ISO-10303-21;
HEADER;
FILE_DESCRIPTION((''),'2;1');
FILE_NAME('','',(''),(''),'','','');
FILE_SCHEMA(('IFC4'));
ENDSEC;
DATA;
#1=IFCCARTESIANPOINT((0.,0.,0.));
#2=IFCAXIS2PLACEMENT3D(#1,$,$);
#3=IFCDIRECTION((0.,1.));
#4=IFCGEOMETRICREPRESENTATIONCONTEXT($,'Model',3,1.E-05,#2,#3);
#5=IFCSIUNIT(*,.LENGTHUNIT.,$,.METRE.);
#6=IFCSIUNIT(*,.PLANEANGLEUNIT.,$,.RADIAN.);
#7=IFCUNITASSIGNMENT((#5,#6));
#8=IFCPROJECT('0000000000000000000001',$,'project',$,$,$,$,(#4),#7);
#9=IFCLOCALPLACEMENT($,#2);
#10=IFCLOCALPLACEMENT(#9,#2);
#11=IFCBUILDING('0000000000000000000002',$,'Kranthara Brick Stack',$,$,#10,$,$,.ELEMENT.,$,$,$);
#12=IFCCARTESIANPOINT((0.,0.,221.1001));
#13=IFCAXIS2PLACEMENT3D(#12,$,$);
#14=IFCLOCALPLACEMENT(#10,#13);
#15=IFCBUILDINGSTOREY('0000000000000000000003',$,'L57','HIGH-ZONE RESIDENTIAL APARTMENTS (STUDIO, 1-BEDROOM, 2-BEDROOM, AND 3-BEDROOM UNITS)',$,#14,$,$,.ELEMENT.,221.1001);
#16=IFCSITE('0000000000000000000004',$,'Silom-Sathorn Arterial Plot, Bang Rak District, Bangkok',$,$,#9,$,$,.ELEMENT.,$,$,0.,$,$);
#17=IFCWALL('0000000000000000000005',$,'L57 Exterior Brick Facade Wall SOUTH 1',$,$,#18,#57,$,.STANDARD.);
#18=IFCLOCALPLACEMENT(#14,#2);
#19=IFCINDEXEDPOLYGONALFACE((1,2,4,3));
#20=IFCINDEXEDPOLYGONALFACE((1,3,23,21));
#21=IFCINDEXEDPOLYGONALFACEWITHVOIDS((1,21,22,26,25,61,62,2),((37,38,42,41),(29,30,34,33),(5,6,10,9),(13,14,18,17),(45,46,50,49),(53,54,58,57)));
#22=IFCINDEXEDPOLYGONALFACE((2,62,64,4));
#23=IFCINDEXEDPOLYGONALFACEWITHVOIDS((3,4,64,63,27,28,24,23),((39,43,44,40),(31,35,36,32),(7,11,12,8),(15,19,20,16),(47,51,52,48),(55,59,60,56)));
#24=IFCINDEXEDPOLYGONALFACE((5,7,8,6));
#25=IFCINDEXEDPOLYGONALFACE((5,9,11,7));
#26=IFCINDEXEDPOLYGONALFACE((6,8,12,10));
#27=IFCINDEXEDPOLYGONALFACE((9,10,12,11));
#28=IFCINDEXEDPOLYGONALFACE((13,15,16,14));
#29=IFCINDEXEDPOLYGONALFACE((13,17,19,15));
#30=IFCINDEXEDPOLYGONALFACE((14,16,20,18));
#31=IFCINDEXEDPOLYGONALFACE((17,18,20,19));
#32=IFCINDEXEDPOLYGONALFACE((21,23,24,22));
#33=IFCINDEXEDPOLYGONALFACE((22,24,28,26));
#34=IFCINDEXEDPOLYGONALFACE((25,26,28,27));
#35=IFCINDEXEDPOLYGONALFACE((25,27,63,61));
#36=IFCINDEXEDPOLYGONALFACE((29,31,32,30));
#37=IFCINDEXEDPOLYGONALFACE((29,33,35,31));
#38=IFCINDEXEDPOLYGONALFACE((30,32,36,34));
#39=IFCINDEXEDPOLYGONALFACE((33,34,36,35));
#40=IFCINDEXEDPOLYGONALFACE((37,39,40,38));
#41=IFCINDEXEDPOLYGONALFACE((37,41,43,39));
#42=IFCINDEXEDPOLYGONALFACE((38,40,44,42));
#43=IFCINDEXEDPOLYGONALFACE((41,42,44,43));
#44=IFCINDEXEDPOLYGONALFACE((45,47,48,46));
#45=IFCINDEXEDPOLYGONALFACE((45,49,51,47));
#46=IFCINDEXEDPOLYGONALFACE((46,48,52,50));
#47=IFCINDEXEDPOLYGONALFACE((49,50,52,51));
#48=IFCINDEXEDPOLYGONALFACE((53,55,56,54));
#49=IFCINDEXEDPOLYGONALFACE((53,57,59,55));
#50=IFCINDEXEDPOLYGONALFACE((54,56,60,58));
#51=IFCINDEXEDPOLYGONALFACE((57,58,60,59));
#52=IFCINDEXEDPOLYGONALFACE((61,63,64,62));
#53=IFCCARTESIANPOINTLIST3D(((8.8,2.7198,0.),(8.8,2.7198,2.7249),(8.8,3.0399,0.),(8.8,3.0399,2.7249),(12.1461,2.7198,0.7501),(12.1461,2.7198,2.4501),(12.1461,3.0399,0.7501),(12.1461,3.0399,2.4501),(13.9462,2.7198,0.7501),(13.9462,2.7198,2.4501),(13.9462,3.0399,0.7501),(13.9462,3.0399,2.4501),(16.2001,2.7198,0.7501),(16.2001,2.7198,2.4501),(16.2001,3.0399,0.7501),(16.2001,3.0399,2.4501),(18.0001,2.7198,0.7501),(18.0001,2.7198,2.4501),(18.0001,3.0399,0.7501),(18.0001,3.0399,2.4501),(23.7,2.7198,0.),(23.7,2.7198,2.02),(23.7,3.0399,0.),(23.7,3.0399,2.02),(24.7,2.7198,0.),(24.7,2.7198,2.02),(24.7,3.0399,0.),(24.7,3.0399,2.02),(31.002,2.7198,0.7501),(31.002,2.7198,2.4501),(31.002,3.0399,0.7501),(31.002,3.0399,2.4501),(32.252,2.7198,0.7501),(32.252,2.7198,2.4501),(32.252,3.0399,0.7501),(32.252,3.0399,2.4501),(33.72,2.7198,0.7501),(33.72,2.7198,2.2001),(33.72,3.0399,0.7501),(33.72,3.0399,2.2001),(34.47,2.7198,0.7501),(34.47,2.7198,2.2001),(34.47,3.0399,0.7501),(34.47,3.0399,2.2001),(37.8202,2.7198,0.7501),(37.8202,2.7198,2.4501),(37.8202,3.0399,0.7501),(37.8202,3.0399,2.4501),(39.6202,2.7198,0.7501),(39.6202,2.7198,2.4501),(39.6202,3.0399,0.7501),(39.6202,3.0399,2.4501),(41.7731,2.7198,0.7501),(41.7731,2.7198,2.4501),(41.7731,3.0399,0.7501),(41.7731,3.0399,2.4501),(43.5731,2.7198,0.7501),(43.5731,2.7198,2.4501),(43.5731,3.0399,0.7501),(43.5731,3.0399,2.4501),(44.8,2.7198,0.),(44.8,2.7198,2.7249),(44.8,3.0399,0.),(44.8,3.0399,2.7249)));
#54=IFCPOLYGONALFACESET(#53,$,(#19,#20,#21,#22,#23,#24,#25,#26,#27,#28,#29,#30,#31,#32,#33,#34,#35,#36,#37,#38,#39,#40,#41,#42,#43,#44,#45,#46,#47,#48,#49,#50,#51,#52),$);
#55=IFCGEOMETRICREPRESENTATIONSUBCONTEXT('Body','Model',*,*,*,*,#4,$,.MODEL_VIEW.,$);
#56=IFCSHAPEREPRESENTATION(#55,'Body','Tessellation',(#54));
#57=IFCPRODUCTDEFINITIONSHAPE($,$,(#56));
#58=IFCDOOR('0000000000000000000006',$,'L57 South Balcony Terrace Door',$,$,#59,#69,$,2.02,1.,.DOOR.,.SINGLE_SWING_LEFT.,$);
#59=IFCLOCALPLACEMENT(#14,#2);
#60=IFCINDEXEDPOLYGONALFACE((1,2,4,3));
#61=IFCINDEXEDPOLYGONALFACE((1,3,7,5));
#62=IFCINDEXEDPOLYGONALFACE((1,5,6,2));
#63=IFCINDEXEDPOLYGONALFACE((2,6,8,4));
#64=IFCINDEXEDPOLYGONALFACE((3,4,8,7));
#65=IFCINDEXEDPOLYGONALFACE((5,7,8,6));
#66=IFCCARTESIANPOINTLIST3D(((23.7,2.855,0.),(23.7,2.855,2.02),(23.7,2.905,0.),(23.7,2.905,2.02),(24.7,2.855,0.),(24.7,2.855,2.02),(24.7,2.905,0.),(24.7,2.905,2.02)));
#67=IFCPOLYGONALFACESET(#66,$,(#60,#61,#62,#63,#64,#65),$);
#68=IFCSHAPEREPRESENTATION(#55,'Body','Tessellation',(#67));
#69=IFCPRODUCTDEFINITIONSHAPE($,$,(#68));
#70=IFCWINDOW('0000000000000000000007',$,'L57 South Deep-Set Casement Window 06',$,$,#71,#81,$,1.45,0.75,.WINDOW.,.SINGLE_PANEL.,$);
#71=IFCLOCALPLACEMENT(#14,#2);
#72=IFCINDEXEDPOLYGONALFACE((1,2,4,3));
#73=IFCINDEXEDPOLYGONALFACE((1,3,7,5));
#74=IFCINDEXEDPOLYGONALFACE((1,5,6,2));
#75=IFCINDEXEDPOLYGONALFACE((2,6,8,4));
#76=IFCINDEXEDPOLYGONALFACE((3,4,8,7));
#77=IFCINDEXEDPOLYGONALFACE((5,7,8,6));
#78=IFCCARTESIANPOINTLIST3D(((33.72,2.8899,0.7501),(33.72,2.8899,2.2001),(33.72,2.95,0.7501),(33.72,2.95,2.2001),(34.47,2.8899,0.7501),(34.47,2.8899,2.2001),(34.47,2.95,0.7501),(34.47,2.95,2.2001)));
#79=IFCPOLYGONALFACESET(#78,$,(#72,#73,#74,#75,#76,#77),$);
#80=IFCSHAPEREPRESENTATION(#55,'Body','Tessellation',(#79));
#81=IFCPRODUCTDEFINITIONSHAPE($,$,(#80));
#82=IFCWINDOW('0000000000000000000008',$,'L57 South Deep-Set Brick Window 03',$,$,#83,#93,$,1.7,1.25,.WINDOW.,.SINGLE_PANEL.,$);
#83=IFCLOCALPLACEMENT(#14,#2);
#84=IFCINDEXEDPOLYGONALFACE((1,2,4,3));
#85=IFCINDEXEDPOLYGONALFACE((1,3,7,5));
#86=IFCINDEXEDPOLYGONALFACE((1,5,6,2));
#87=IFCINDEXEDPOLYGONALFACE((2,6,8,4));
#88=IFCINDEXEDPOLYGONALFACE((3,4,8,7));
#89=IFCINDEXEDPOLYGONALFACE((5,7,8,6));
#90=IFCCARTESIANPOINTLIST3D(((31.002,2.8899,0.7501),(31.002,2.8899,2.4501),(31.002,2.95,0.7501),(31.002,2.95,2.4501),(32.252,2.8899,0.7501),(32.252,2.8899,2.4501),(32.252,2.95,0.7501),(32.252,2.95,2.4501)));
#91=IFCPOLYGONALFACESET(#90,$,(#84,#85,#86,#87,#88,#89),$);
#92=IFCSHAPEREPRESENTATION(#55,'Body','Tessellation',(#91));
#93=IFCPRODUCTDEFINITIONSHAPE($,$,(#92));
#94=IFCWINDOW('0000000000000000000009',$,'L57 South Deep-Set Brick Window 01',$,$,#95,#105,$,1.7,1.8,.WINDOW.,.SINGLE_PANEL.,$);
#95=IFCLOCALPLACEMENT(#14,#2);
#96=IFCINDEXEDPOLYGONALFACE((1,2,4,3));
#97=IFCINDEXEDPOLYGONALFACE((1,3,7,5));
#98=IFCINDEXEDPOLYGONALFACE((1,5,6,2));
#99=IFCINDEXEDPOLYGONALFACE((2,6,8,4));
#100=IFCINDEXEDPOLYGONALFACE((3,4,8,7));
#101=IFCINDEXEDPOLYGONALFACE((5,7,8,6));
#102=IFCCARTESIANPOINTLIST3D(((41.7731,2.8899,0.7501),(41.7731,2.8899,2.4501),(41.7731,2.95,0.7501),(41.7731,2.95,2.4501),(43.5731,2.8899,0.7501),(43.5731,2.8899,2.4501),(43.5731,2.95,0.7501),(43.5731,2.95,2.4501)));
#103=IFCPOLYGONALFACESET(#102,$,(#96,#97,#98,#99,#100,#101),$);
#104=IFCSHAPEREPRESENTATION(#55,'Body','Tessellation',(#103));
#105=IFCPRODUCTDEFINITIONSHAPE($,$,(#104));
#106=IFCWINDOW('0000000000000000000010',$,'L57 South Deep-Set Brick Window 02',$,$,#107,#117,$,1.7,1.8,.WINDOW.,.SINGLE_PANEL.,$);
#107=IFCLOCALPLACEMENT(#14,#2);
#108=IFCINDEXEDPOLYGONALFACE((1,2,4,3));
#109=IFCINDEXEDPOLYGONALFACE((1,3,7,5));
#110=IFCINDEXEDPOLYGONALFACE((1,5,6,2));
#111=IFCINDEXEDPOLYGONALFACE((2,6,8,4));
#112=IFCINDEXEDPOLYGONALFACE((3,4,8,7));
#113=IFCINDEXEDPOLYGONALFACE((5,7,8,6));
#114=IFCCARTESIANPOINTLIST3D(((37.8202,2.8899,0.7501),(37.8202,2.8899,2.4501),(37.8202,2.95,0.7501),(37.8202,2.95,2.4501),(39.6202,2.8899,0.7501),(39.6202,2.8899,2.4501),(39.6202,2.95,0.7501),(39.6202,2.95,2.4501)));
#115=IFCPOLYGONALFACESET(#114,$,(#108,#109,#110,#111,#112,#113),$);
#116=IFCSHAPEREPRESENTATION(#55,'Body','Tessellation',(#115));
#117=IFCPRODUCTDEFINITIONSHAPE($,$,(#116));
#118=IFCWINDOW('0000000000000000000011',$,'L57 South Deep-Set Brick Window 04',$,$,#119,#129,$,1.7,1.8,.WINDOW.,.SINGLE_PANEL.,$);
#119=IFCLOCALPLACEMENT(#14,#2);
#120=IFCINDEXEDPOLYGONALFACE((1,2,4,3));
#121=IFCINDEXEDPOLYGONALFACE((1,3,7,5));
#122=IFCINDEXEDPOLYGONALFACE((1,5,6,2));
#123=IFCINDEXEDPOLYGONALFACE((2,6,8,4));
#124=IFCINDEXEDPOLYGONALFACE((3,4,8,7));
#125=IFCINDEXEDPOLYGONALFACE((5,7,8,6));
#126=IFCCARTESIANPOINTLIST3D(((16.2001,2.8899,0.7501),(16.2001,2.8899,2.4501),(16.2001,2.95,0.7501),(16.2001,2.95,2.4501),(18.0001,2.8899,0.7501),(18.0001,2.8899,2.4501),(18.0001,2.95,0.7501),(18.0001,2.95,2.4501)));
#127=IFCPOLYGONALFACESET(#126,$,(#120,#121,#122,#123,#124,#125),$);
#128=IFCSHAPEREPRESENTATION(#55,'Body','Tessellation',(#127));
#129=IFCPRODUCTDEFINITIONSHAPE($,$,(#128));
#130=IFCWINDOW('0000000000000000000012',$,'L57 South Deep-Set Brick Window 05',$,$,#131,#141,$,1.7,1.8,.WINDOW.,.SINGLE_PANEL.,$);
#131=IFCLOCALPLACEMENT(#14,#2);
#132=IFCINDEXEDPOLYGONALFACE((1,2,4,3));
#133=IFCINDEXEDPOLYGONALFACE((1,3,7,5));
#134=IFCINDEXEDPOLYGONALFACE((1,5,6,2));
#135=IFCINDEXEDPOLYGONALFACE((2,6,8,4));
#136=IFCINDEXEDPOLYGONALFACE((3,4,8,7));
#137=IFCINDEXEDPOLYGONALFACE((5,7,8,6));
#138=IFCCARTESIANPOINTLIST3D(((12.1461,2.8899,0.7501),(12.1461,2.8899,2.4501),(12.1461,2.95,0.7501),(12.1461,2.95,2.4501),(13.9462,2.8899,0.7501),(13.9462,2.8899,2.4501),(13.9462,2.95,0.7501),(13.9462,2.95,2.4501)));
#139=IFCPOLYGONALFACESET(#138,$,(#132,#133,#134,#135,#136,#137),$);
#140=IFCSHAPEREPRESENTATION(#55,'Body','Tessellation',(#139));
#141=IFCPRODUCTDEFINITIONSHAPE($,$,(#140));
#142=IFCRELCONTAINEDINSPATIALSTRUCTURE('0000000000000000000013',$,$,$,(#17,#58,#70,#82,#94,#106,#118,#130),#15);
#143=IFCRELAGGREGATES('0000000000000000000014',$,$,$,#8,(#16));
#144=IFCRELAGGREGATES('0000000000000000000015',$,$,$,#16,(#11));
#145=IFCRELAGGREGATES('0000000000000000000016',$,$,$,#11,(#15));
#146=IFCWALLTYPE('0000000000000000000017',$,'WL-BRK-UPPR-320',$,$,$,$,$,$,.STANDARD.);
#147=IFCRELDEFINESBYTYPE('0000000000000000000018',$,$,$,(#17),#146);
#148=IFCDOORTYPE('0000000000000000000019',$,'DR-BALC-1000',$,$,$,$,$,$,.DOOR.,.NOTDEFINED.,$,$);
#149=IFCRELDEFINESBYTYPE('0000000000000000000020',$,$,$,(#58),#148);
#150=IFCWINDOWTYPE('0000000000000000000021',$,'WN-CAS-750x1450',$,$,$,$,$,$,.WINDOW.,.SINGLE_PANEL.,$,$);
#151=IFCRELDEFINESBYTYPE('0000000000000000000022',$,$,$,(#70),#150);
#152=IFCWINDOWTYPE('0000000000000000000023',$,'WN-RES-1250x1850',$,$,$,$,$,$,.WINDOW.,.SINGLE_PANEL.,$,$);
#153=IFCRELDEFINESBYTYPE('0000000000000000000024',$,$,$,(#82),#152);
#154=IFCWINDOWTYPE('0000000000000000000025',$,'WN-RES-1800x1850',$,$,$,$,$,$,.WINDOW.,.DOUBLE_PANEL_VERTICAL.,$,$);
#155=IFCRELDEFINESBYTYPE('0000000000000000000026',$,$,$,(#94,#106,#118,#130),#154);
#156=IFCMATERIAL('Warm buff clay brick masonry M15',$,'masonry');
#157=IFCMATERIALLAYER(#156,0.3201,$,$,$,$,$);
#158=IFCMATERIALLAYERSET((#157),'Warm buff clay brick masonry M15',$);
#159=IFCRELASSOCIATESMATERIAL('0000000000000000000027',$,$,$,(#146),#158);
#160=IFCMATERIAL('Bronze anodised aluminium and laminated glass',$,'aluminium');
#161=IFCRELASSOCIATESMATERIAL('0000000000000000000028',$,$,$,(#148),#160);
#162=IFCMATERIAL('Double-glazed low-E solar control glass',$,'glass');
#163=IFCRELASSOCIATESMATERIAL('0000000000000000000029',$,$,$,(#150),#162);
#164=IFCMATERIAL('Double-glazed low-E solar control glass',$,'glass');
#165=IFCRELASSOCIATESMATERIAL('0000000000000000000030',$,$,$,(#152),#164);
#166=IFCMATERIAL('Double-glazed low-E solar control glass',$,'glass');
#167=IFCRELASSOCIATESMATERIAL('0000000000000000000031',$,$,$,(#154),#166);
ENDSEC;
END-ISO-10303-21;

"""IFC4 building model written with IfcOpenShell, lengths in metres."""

from ifc_helpers import new_model, si_unit, direction, frame, frame_2d, origin, place, context, subcontext, project, spatial, rectangle, extrude, material, layer, layer_set, type_object, element, fill, save


model = new_model("IFC4")

# Units and contexts
model_context = context("Model", 3, precision=1e-05, world=origin(), true_north=direction((0.0, 1.0)))
body_context = subcontext(model_context, "Body", "Model", "MODEL_VIEW")
ifc_project = project(units=[si_unit("LENGTHUNIT", "METRE"), si_unit("PLANEANGLEUNIT", "RADIAN")], contexts=[model_context])

# Site, building, storey
site_placement = place(None, origin())
site = spatial("IfcSite", under=ifc_project, at=site_placement, Name="Silom-Sathorn Arterial Plot, Bang Rak District, Bangkok", CompositionType="ELEMENT", RefElevation=0.0)
building_placement = place(site_placement, origin())
building = spatial("IfcBuilding", under=site, at=building_placement, Name="Kranthara Brick Stack", CompositionType="ELEMENT")
storey_placement = place(building_placement, frame((0.0, 0.0, 221.1001)))
storey = spatial("IfcBuildingStorey", under=building, at=storey_placement, Name="L57", Description="HIGH-ZONE RESIDENTIAL APARTMENTS (STUDIO, 1-BEDROOM, 2-BEDROOM, AND 3-BEDROOM UNITS)", CompositionType="ELEMENT", Elevation=221.1001)

# Wall, openings, door, windows
ifc_material_1 = material(Name="Warm buff clay brick masonry M15", Category="masonry")
ifc_layer_1 = layer(ifc_material_1, 0.3201)
ifc_layer_set_1 = layer_set([ifc_layer_1], Name="Warm buff clay brick masonry M15")
wall_type_1 = type_object("IfcWallType", Name="WL-BRK-UPPR-320", PredefinedType="STANDARD", material=ifc_layer_set_1)
wall_1_placement = place(storey_placement, frame((44.8, 2.8799, 0.0), z_axis=(0.0, 0.0, 1.0), x_axis=(-1.0, 0.0, 0.0)))
wall_1 = element("IfcWall", 1, at=wall_1_placement, inside=storey, type_object=wall_type_1, Name="L57 Exterior Brick Facade Wall SOUTH 1", PredefinedType="STANDARD", context=body_context, shape_type="SweptSolid", body=[
    extrude(rectangle(XDim=36.0, YDim=0.3201, at=frame_2d((18.0, 0.0))), origin(), (0.0, 0.0, 1.0), 2.7249),
])
opening_1_placement = place(wall_1_placement, frame((20.1001, 0.0, 0.0)))
opening_1 = element("IfcOpeningElement", 2, at=opening_1_placement, cuts=wall_1, PredefinedType="OPENING", context=body_context, shape_type="SweptSolid", body=[
    extrude(rectangle(XDim=1.0, YDim=2.02, at=frame_2d((0.5, 1.01))), frame((0.0, 0.1699, 0.0), z_axis=(0.0, -1.0, 0.0), x_axis=(1.0, 0.0, 0.0)), (0.0, 0.0, 1.0), 0.3401),
])
opening_2_placement = place(wall_1_placement, frame((1.2271, 0.0, 0.75)))
opening_2 = element("IfcOpeningElement", 3, at=opening_2_placement, cuts=wall_1, PredefinedType="OPENING", context=body_context, shape_type="SweptSolid", body=[
    extrude(rectangle(XDim=1.8, YDim=1.7, at=frame_2d((0.8999, 0.8501))), frame((0.0, 0.1699, 0.0), z_axis=(0.0, -1.0, 0.0), x_axis=(1.0, 0.0, 0.0)), (0.0, 0.0, 1.0), 0.3401),
])
opening_3_placement = place(wall_1_placement, frame((5.1799, 0.0, 0.75)))
opening_3 = element("IfcOpeningElement", 4, at=opening_3_placement, cuts=wall_1, PredefinedType="OPENING", context=body_context, shape_type="SweptSolid", body=[
    extrude(rectangle(XDim=1.8, YDim=1.7, at=frame_2d((0.8999, 0.8501))), frame((0.0, 0.1699, 0.0), z_axis=(0.0, -1.0, 0.0), x_axis=(1.0, 0.0, 0.0)), (0.0, 0.0, 1.0), 0.3401),
])
opening_4_placement = place(wall_1_placement, frame((12.5481, 0.0, 0.75)))
opening_4 = element("IfcOpeningElement", 5, at=opening_4_placement, cuts=wall_1, PredefinedType="OPENING", context=body_context, shape_type="SweptSolid", body=[
    extrude(rectangle(XDim=1.25, YDim=1.7, at=frame_2d((0.625, 0.8501))), frame((0.0, 0.1699, 0.0), z_axis=(0.0, -1.0, 0.0), x_axis=(1.0, 0.0, 0.0)), (0.0, 0.0, 1.0), 0.3401),
])
opening_5_placement = place(wall_1_placement, frame((26.8, 0.0, 0.75)))
opening_5 = element("IfcOpeningElement", 6, at=opening_5_placement, cuts=wall_1, PredefinedType="OPENING", context=body_context, shape_type="SweptSolid", body=[
    extrude(rectangle(XDim=1.8, YDim=1.7, at=frame_2d((0.8999, 0.8501))), frame((0.0, 0.1699, 0.0), z_axis=(0.0, -1.0, 0.0), x_axis=(1.0, 0.0, 0.0)), (0.0, 0.0, 1.0), 0.3401),
])
opening_6_placement = place(wall_1_placement, frame((30.854, 0.0, 0.75)))
opening_6 = element("IfcOpeningElement", 7, at=opening_6_placement, cuts=wall_1, PredefinedType="OPENING", context=body_context, shape_type="SweptSolid", body=[
    extrude(rectangle(XDim=1.8, YDim=1.7, at=frame_2d((0.8999, 0.8501))), frame((0.0, 0.1699, 0.0), z_axis=(0.0, -1.0, 0.0), x_axis=(1.0, 0.0, 0.0)), (0.0, 0.0, 1.0), 0.3401),
])
opening_7_placement = place(wall_1_placement, frame((10.3301, 0.0, 0.75)))
opening_7 = element("IfcOpeningElement", 8, at=opening_7_placement, cuts=wall_1, PredefinedType="OPENING", context=body_context, shape_type="SweptSolid", body=[
    extrude(rectangle(XDim=0.75, YDim=1.45, at=frame_2d((0.375, 0.7251))), frame((0.0, 0.1699, 0.0), z_axis=(0.0, -1.0, 0.0), x_axis=(1.0, 0.0, 0.0)), (0.0, 0.0, 1.0), 0.3401),
])
ifc_material_2 = material(Name="Bronze anodised aluminium and laminated glass", Category="aluminium")
door_type_1 = type_object("IfcDoorType", Name="DR-BALC-1000", OperationType="NOTDEFINED", PredefinedType="DOOR", material=ifc_material_2)
door_1_placement = place(opening_1_placement, origin())
door_1 = element("IfcDoor", 9, at=door_1_placement, inside=storey, type_object=door_type_1, Name="L57 South Balcony Terrace Door", OperationType="SINGLE_SWING_LEFT", OverallHeight=2.02, OverallWidth=1.0, PredefinedType="DOOR", context=body_context, shape_type="SweptSolid", body=[
    extrude(rectangle(XDim=1.0, YDim=2.02, at=frame_2d((0.5, 1.01))), frame((0.0, 0.0249, 0.0), z_axis=(0.0, -1.0, 0.0), x_axis=(1.0, 0.0, 0.0)), (0.0, 0.0, 1.0), 0.05),
])
fill(opening_1, door_1)
ifc_material_3 = material(Name="Double-glazed low-E solar control glass", Category="glass")
window_type_1 = type_object("IfcWindowType", Name="WN-CAS-750x1450", PartitioningType="SINGLE_PANEL", PredefinedType="WINDOW", material=ifc_material_3)
window_1_placement = place(opening_7_placement, origin())
window_1 = element("IfcWindow", 10, at=window_1_placement, inside=storey, type_object=window_type_1, Name="L57 South Deep-Set Casement Window 06", OverallHeight=1.45, OverallWidth=0.75, PartitioningType="SINGLE_PANEL", PredefinedType="WINDOW", context=body_context, shape_type="SweptSolid", body=[
    extrude(rectangle(XDim=0.75, YDim=1.45, at=frame_2d((0.375, 0.7251))), frame((0.0, -0.01, 0.0), z_axis=(0.0, -1.0, 0.0), x_axis=(1.0, 0.0, 0.0)), (0.0, 0.0, 1.0), 0.0601),
])
fill(opening_7, window_1)
ifc_material_4 = material(Name="Double-glazed low-E solar control glass", Category="glass")
window_type_2 = type_object("IfcWindowType", Name="WN-RES-1250x1850", PartitioningType="SINGLE_PANEL", PredefinedType="WINDOW", material=ifc_material_4)
window_2_placement = place(opening_4_placement, origin())
window_2 = element("IfcWindow", 11, at=window_2_placement, inside=storey, type_object=window_type_2, Name="L57 South Deep-Set Brick Window 03", OverallHeight=1.7, OverallWidth=1.25, PartitioningType="SINGLE_PANEL", PredefinedType="WINDOW", context=body_context, shape_type="SweptSolid", body=[
    extrude(rectangle(XDim=1.25, YDim=1.7, at=frame_2d((0.625, 0.8501))), frame((0.0, -0.01, 0.0), z_axis=(0.0, -1.0, 0.0), x_axis=(1.0, 0.0, 0.0)), (0.0, 0.0, 1.0), 0.0601),
])
fill(opening_4, window_2)
ifc_material_5 = material(Name="Double-glazed low-E solar control glass", Category="glass")
window_type_3 = type_object("IfcWindowType", Name="WN-RES-1800x1850", PartitioningType="DOUBLE_PANEL_VERTICAL", PredefinedType="WINDOW", material=ifc_material_5)
window_3_placement = place(opening_2_placement, origin())
window_3 = element("IfcWindow", 12, at=window_3_placement, inside=storey, type_object=window_type_3, Name="L57 South Deep-Set Brick Window 01", OverallHeight=1.7, OverallWidth=1.8, PartitioningType="SINGLE_PANEL", PredefinedType="WINDOW", context=body_context, shape_type="SweptSolid", body=[
    extrude(rectangle(XDim=1.8, YDim=1.7, at=frame_2d((0.8999, 0.8501))), frame((0.0, -0.01, 0.0), z_axis=(0.0, -1.0, 0.0), x_axis=(1.0, 0.0, 0.0)), (0.0, 0.0, 1.0), 0.0601),
])
fill(opening_2, window_3)
window_4_placement = place(opening_3_placement, origin())
window_4 = element("IfcWindow", 13, at=window_4_placement, inside=storey, type_object=window_type_3, Name="L57 South Deep-Set Brick Window 02", OverallHeight=1.7, OverallWidth=1.8, PartitioningType="SINGLE_PANEL", PredefinedType="WINDOW", context=body_context, shape_type="SweptSolid", body=[
    extrude(rectangle(XDim=1.8, YDim=1.7, at=frame_2d((0.8999, 0.8501))), frame((0.0, -0.01, 0.0), z_axis=(0.0, -1.0, 0.0), x_axis=(1.0, 0.0, 0.0)), (0.0, 0.0, 1.0), 0.0601),
])
fill(opening_3, window_4)
window_5_placement = place(opening_5_placement, origin())
window_5 = element("IfcWindow", 14, at=window_5_placement, inside=storey, type_object=window_type_3, Name="L57 South Deep-Set Brick Window 04", OverallHeight=1.7, OverallWidth=1.8, PartitioningType="SINGLE_PANEL", PredefinedType="WINDOW", context=body_context, shape_type="SweptSolid", body=[
    extrude(rectangle(XDim=1.8, YDim=1.7, at=frame_2d((0.8999, 0.8501))), frame((0.0, -0.01, 0.0), z_axis=(0.0, -1.0, 0.0), x_axis=(1.0, 0.0, 0.0)), (0.0, 0.0, 1.0), 0.0601),
])
fill(opening_5, window_5)
window_6_placement = place(opening_6_placement, origin())
window_6 = element("IfcWindow", 15, at=window_6_placement, inside=storey, type_object=window_type_3, Name="L57 South Deep-Set Brick Window 05", OverallHeight=1.7, OverallWidth=1.8, PartitioningType="SINGLE_PANEL", PredefinedType="WINDOW", context=body_context, shape_type="SweptSolid", body=[
    extrude(rectangle(XDim=1.8, YDim=1.7, at=frame_2d((0.8999, 0.8501))), frame((0.0, -0.01, 0.0), z_axis=(0.0, -1.0, 0.0), x_axis=(1.0, 0.0, 0.0)), (0.0, 0.0, 1.0), 0.0601),
])
fill(opening_6, window_6)

save(model, "model.ifc")
